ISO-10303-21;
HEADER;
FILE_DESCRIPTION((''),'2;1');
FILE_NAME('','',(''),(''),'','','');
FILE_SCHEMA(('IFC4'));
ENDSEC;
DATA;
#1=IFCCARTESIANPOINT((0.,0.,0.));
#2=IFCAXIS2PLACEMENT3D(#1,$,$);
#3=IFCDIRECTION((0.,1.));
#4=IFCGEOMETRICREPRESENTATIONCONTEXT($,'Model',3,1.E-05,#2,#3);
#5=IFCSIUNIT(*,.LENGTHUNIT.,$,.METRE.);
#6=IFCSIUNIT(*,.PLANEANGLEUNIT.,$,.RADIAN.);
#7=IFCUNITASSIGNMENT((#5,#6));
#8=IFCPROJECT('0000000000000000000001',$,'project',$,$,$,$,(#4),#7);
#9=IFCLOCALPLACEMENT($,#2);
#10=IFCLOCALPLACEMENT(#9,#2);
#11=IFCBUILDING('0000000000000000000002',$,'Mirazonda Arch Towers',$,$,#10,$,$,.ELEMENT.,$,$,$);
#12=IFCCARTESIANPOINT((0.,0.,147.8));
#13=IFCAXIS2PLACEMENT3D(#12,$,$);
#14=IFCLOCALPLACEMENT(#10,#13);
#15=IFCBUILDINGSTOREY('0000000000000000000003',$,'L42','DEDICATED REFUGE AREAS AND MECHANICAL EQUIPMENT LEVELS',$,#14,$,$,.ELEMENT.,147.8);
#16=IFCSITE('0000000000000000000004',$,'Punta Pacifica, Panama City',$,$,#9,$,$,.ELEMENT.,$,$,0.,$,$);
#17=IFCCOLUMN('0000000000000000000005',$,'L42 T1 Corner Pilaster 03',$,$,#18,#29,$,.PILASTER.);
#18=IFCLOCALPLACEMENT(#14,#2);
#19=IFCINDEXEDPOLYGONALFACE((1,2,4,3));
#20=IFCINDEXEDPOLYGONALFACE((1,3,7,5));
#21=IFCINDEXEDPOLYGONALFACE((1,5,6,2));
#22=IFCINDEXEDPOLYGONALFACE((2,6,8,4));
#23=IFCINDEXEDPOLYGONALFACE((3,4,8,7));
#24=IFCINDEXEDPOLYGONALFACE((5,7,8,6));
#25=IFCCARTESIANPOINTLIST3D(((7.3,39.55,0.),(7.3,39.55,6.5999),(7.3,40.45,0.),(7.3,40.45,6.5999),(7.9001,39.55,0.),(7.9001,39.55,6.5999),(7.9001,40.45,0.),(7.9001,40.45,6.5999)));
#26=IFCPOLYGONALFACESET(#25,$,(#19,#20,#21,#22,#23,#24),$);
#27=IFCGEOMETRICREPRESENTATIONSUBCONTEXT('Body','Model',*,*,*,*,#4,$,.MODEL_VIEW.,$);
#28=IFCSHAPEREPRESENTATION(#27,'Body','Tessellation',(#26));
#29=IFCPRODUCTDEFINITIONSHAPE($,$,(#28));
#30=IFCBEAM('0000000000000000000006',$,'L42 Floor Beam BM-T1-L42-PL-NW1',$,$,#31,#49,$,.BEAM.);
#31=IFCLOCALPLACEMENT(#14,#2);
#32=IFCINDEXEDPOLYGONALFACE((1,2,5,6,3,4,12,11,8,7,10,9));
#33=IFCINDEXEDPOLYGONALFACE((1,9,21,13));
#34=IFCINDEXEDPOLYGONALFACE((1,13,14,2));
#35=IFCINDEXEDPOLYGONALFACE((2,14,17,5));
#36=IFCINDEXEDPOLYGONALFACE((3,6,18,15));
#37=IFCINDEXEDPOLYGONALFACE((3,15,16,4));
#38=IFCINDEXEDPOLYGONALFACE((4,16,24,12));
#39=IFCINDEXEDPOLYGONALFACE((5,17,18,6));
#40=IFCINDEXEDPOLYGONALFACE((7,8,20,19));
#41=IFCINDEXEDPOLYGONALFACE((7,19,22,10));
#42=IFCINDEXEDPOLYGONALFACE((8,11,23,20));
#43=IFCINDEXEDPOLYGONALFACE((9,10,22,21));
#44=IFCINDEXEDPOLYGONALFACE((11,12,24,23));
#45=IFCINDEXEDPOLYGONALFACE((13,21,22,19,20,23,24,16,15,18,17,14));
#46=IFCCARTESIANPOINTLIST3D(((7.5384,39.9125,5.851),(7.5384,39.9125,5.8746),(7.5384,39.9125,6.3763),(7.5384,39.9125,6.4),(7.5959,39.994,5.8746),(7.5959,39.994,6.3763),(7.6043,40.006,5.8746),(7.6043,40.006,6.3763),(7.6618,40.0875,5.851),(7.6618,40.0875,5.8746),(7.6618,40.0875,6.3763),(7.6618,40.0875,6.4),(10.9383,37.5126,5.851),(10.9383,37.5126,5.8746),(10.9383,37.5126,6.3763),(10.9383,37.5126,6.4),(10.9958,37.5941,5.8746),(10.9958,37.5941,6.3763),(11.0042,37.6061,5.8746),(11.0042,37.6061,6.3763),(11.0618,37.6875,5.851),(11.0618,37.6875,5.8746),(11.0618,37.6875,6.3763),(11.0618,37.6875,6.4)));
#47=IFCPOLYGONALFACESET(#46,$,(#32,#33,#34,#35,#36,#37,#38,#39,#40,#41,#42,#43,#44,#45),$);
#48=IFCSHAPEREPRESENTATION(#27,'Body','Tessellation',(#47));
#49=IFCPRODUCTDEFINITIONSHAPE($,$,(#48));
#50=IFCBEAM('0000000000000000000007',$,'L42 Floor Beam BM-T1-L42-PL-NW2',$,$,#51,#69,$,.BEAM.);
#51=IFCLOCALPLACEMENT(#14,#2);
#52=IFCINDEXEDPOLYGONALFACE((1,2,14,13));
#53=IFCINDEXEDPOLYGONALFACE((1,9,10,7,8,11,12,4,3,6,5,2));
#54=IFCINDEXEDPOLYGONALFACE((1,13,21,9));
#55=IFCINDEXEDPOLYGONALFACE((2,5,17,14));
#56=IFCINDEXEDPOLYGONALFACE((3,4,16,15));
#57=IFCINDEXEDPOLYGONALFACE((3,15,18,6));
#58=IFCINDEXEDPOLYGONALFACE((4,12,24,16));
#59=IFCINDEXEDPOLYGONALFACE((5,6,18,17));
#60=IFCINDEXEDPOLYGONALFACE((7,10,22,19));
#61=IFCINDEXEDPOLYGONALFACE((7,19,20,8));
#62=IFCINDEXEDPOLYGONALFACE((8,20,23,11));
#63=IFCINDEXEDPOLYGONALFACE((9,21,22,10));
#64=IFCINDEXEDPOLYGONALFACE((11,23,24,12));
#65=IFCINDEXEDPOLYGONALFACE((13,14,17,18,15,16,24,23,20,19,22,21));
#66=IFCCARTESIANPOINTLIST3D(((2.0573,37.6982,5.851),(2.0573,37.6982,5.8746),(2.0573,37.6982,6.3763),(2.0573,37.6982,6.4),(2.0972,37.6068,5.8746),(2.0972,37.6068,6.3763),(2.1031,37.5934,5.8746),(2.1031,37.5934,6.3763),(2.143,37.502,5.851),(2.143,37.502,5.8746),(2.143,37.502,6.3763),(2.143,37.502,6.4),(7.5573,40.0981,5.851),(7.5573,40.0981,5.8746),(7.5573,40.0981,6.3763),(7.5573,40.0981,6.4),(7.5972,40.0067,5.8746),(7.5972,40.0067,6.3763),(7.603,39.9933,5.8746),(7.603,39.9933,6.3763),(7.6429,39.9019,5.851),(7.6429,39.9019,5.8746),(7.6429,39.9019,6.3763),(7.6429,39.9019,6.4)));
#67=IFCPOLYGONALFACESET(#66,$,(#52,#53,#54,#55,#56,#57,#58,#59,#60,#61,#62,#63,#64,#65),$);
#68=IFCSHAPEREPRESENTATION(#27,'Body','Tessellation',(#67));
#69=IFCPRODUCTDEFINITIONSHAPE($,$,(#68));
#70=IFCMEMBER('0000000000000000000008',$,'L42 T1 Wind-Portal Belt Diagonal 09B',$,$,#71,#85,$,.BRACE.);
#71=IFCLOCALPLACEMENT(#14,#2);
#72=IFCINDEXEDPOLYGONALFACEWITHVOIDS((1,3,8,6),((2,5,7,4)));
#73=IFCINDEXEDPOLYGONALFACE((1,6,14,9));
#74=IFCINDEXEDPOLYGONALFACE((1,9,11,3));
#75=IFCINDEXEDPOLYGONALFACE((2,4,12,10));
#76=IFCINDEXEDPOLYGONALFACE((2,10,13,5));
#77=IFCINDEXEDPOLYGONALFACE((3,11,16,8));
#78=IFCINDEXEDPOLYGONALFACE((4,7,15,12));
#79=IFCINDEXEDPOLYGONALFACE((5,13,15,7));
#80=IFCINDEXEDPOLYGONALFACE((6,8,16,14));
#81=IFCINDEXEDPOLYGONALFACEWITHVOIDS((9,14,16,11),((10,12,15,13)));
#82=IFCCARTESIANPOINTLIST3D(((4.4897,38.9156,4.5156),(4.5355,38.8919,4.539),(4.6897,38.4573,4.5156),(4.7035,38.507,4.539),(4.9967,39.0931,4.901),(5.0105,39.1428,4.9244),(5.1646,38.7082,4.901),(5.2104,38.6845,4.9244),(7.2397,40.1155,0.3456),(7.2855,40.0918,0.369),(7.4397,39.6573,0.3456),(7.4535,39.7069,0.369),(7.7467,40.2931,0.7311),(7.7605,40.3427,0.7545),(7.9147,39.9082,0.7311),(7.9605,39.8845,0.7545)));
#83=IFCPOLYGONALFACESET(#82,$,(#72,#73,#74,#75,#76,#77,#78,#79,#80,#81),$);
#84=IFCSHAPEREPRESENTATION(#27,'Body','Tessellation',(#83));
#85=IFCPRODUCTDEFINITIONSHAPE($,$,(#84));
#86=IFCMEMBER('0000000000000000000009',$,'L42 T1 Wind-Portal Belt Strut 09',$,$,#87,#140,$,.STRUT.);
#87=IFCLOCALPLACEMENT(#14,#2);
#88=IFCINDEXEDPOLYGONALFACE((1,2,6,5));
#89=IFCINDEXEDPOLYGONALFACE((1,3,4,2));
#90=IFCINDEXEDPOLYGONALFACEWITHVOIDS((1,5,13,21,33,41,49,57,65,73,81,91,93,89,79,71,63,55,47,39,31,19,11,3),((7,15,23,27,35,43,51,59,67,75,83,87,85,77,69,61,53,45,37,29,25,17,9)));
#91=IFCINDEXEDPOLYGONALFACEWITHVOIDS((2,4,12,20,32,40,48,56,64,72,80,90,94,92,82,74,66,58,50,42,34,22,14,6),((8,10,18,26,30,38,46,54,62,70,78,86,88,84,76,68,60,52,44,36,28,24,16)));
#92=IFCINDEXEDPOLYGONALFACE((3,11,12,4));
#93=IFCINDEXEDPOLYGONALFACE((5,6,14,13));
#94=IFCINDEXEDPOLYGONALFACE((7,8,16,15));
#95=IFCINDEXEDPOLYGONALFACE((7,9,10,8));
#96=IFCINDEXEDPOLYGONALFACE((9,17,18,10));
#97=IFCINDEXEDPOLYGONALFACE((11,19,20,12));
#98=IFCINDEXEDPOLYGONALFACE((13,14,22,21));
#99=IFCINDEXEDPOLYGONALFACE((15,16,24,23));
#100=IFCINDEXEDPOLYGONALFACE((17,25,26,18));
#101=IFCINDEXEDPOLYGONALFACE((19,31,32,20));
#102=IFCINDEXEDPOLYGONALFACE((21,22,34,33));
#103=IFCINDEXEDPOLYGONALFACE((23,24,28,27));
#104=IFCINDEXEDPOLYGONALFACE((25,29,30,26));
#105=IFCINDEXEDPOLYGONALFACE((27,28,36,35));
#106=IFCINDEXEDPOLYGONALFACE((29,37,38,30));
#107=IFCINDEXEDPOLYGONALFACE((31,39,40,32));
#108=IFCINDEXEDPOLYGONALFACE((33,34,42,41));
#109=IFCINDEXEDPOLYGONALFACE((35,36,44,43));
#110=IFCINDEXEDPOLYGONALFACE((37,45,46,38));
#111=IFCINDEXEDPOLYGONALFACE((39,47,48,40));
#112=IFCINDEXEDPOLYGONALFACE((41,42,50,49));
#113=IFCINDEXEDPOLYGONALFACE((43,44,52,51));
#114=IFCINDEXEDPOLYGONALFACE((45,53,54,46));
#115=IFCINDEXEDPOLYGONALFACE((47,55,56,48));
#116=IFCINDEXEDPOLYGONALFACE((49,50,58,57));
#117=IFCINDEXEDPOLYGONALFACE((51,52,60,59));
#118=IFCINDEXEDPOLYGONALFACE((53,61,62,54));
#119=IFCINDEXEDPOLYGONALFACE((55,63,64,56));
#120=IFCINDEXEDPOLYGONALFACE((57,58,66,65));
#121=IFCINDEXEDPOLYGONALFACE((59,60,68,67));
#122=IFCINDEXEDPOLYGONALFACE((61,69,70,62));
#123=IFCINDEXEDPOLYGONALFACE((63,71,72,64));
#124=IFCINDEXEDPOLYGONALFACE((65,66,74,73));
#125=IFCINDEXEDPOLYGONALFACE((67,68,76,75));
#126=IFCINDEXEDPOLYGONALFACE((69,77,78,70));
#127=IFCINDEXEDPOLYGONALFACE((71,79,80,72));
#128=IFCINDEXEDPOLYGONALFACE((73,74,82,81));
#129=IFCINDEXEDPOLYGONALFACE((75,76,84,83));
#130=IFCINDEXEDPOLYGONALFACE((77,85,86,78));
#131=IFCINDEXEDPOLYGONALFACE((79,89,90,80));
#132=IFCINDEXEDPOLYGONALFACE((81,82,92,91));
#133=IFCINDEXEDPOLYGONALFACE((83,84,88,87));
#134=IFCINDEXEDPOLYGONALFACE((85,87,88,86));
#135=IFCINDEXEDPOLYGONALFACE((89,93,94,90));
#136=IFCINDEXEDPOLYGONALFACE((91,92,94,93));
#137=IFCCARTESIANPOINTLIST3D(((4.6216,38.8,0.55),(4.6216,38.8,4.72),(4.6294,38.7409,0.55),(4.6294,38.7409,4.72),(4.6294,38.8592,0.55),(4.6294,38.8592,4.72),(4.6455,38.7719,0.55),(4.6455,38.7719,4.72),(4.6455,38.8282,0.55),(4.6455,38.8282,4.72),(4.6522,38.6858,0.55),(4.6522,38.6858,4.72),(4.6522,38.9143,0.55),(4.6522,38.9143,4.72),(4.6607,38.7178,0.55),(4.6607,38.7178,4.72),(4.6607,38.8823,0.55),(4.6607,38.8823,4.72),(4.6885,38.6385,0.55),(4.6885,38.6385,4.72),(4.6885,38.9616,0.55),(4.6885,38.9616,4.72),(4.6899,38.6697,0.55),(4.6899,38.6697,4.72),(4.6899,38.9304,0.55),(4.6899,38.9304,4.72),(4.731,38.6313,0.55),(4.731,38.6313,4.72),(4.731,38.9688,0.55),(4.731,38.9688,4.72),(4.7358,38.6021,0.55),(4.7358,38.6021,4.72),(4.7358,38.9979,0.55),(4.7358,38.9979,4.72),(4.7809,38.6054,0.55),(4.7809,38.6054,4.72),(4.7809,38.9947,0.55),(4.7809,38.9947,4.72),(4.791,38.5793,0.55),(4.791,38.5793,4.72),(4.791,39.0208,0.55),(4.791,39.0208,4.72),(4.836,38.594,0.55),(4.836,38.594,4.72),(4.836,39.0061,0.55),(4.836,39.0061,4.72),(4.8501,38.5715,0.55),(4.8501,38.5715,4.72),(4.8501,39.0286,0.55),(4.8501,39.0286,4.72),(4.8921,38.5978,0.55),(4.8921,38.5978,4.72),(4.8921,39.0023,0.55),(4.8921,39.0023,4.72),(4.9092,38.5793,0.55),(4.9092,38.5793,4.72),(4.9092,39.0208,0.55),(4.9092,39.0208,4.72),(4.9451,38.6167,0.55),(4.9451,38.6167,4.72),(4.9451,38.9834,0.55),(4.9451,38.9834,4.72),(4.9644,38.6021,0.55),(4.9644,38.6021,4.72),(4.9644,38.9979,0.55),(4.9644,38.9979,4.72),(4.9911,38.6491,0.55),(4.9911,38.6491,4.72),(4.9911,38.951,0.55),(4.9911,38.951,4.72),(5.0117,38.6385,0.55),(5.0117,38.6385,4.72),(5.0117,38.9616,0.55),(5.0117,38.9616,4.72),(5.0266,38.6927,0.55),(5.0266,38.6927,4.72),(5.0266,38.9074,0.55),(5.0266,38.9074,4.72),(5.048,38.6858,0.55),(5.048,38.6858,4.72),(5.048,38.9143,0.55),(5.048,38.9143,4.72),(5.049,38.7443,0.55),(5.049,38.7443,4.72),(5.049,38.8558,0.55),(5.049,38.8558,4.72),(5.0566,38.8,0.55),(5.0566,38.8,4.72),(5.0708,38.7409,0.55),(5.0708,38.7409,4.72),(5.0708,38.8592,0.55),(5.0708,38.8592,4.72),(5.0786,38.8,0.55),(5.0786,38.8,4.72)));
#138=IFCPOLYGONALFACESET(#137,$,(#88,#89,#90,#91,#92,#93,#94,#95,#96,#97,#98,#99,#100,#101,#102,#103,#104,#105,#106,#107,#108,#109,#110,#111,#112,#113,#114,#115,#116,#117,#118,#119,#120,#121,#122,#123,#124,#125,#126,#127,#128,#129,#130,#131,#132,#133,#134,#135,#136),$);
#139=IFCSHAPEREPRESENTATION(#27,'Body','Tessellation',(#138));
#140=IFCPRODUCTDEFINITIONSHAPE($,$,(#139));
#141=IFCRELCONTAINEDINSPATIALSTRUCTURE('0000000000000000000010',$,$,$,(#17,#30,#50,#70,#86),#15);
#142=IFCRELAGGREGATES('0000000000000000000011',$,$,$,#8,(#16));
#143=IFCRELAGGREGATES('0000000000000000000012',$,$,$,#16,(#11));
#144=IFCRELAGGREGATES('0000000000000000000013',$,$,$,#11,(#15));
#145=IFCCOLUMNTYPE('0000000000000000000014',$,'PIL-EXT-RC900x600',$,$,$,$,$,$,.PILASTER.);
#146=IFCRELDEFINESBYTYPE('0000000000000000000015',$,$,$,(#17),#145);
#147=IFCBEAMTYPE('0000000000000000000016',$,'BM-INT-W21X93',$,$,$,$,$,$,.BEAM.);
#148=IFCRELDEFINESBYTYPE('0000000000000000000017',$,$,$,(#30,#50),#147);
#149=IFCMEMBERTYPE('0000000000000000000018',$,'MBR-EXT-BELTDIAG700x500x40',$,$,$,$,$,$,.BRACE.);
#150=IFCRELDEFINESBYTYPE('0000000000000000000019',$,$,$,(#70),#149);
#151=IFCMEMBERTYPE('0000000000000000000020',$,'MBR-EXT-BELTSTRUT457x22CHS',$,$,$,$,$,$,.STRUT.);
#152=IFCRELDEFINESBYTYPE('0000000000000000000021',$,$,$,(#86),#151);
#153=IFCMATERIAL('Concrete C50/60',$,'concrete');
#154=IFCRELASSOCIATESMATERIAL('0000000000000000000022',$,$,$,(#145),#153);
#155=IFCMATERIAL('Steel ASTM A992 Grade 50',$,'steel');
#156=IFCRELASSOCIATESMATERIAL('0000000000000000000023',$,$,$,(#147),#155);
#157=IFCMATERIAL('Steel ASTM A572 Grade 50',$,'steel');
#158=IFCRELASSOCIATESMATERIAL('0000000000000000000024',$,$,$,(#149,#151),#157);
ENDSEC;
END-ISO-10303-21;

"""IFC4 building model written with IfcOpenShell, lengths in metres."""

from ifc_helpers import new_model, si_unit, direction, frame, origin, origin_2d, place, context, subcontext, project, spatial, rectangle, hollow_rectangle, hollow_circle, i_section, extrude, material, material_profile, profile_set, type_object, element, save


model = new_model("IFC4")

# Units and contexts
model_context = context("Model", 3, precision=1e-05, world=origin(), true_north=direction((0.0, 1.0)))
body_context = subcontext(model_context, "Body", "Model", "MODEL_VIEW")
ifc_project = project(units=[si_unit("LENGTHUNIT", "METRE"), si_unit("PLANEANGLEUNIT", "RADIAN")], contexts=[model_context])

# Site, building, storey
site_placement = place(None, origin())
site = spatial("IfcSite", under=ifc_project, at=site_placement, Name="Punta Pacifica, Panama City", CompositionType="ELEMENT", RefElevation=0.0)
building_placement = place(site_placement, origin())
building = spatial("IfcBuilding", under=site, at=building_placement, Name="Mirazonda Arch Towers", CompositionType="ELEMENT")
storey_placement = place(building_placement, frame((0.0, 0.0, 147.8)))
storey = spatial("IfcBuildingStorey", under=building, at=storey_placement, Name="L42", Description="DEDICATED REFUGE AREAS AND MECHANICAL EQUIPMENT LEVELS", CompositionType="ELEMENT", Elevation=147.8)

# Column
ifc_material_1 = material(Name="Concrete C50/60", Category="concrete")
ifc_material_profile_1 = material_profile(ifc_material_1, rectangle(XDim=0.6001, YDim=0.8999, at=origin_2d()), Name="RC900x600")
ifc_profile_set_1 = profile_set([ifc_material_profile_1], Name="Concrete C50/60")
column_type = type_object("IfcColumnType", Name="PIL-EXT-RC900x600", PredefinedType="PILASTER", material=ifc_profile_set_1)
column_placement = place(storey_placement, frame((7.6001, 40.0, 0.0), z_axis=(0.0, 0.0, 1.0), x_axis=(1.0, 0.0, 0.0)))
element("IfcColumn", 1, at=column_placement, inside=storey, type_object=column_type, Name="L42 T1 Corner Pilaster 03", PredefinedType="PILASTER", context=body_context, shape_type="SweptSolid", body=[
    extrude(rectangle(XDim=0.6001, YDim=0.8999, at=origin_2d()), origin(), (0.0, 0.0, 1.0), 6.5999),
])

# Beams
ifc_material_2 = material(Name="Steel ASTM A992 Grade 50", Category="steel")
ifc_material_profile_2 = material_profile(ifc_material_2, i_section(OverallWidth=0.2141, OverallDepth=0.5491, WebThickness=0.0146, FlangeThickness=0.0237, at=origin_2d()), Name="W21X93")
ifc_profile_set_2 = profile_set([ifc_material_profile_2], Name="Steel ASTM A992 Grade 50")
beam_type = type_object("IfcBeamType", Name="BM-INT-W21X93", PredefinedType="BEAM", material=ifc_profile_set_2)
beam_1_placement = place(storey_placement, frame((7.6001, 40.0, 6.1255), z_axis=(0.816971, -0.576679, 0.0), x_axis=(0.576679, 0.816971, 0.0)))
element("IfcBeam", 2, at=beam_1_placement, inside=storey, type_object=beam_type, Name="L42 Floor Beam BM-T1-L42-PL-NW1", PredefinedType="BEAM", context=body_context, shape_type="SweptSolid", body=[
    extrude(i_section(OverallWidth=0.2141, OverallDepth=0.5491, WebThickness=0.0146, FlangeThickness=0.0237, at=origin_2d()), origin(), (0.0, 0.0, 1.0), 4.1616),
])
beam_2_placement = place(storey_placement, frame((7.6001, 40.0, 6.1255), z_axis=(-0.916545, -0.399931, 0.0), x_axis=(0.399931, -0.916545, 0.0)))
element("IfcBeam", 3, at=beam_2_placement, inside=storey, type_object=beam_type, Name="L42 Floor Beam BM-T1-L42-PL-NW2", PredefinedType="BEAM", context=body_context, shape_type="SweptSolid", body=[
    extrude(i_section(OverallWidth=0.2141, OverallDepth=0.5491, WebThickness=0.0146, FlangeThickness=0.0237, at=origin_2d()), origin(), (0.0, 0.0, 1.0), 6.0007),
])

# Members
ifc_material_3 = material(Name="Steel ASTM A572 Grade 50", Category="steel")
ifc_material_profile_3 = material_profile(ifc_material_3, hollow_rectangle(XDim=0.5, YDim=0.7, WallThickness=0.04, at=origin_2d()), Name="BELTDIAG700x500x40")
ifc_profile_set_3 = profile_set([ifc_material_profile_3], Name="Steel ASTM A572 Grade 50")
member_type_1 = type_object("IfcMemberType", Name="MBR-EXT-BELTDIAG700x500x40", PredefinedType="BRACE", material=ifc_profile_set_3)
member_1_placement = place(storey_placement, frame((7.6001, 40.0, 0.55), z_axis=(-0.535313, -0.233582, 0.811714), x_axis=(0.399931, -0.916545, 0.0)))
element("IfcMember", 4, at=member_1_placement, inside=storey, type_object=member_type_1, Name="L42 T1 Wind-Portal Belt Diagonal 09B", PredefinedType="BRACE", context=body_context, shape_type="SweptSolid", body=[
    extrude(hollow_rectangle(XDim=0.5, YDim=0.7, WallThickness=0.04, at=origin_2d()), origin(), (0.0, 0.0, 1.0), 5.1372),
])
ifc_material_profile_4 = material_profile(ifc_material_3, hollow_circle(Radius=0.2285, WallThickness=0.022, at=origin_2d()), Name="BELTSTRUT457x22CHS")
ifc_profile_set_4 = profile_set([ifc_material_profile_4], Name="Steel ASTM A572 Grade 50")
member_type_2 = type_object("IfcMemberType", Name="MBR-EXT-BELTSTRUT457x22CHS", PredefinedType="STRUT", material=ifc_profile_set_4)
member_2_placement = place(storey_placement, frame((4.8501, 38.8, 0.55), z_axis=(0.0, 0.0, 1.0), x_axis=(1.0, 0.0, 0.0)))
element("IfcMember", 5, at=member_2_placement, inside=storey, type_object=member_type_2, Name="L42 T1 Wind-Portal Belt Strut 09", PredefinedType="STRUT", context=body_context, shape_type="SweptSolid", body=[
    extrude(hollow_circle(Radius=0.2285, WallThickness=0.022, at=origin_2d()), origin(), (0.0, 0.0, 1.0), 4.1699),
])

save(model, "model.ifc")
